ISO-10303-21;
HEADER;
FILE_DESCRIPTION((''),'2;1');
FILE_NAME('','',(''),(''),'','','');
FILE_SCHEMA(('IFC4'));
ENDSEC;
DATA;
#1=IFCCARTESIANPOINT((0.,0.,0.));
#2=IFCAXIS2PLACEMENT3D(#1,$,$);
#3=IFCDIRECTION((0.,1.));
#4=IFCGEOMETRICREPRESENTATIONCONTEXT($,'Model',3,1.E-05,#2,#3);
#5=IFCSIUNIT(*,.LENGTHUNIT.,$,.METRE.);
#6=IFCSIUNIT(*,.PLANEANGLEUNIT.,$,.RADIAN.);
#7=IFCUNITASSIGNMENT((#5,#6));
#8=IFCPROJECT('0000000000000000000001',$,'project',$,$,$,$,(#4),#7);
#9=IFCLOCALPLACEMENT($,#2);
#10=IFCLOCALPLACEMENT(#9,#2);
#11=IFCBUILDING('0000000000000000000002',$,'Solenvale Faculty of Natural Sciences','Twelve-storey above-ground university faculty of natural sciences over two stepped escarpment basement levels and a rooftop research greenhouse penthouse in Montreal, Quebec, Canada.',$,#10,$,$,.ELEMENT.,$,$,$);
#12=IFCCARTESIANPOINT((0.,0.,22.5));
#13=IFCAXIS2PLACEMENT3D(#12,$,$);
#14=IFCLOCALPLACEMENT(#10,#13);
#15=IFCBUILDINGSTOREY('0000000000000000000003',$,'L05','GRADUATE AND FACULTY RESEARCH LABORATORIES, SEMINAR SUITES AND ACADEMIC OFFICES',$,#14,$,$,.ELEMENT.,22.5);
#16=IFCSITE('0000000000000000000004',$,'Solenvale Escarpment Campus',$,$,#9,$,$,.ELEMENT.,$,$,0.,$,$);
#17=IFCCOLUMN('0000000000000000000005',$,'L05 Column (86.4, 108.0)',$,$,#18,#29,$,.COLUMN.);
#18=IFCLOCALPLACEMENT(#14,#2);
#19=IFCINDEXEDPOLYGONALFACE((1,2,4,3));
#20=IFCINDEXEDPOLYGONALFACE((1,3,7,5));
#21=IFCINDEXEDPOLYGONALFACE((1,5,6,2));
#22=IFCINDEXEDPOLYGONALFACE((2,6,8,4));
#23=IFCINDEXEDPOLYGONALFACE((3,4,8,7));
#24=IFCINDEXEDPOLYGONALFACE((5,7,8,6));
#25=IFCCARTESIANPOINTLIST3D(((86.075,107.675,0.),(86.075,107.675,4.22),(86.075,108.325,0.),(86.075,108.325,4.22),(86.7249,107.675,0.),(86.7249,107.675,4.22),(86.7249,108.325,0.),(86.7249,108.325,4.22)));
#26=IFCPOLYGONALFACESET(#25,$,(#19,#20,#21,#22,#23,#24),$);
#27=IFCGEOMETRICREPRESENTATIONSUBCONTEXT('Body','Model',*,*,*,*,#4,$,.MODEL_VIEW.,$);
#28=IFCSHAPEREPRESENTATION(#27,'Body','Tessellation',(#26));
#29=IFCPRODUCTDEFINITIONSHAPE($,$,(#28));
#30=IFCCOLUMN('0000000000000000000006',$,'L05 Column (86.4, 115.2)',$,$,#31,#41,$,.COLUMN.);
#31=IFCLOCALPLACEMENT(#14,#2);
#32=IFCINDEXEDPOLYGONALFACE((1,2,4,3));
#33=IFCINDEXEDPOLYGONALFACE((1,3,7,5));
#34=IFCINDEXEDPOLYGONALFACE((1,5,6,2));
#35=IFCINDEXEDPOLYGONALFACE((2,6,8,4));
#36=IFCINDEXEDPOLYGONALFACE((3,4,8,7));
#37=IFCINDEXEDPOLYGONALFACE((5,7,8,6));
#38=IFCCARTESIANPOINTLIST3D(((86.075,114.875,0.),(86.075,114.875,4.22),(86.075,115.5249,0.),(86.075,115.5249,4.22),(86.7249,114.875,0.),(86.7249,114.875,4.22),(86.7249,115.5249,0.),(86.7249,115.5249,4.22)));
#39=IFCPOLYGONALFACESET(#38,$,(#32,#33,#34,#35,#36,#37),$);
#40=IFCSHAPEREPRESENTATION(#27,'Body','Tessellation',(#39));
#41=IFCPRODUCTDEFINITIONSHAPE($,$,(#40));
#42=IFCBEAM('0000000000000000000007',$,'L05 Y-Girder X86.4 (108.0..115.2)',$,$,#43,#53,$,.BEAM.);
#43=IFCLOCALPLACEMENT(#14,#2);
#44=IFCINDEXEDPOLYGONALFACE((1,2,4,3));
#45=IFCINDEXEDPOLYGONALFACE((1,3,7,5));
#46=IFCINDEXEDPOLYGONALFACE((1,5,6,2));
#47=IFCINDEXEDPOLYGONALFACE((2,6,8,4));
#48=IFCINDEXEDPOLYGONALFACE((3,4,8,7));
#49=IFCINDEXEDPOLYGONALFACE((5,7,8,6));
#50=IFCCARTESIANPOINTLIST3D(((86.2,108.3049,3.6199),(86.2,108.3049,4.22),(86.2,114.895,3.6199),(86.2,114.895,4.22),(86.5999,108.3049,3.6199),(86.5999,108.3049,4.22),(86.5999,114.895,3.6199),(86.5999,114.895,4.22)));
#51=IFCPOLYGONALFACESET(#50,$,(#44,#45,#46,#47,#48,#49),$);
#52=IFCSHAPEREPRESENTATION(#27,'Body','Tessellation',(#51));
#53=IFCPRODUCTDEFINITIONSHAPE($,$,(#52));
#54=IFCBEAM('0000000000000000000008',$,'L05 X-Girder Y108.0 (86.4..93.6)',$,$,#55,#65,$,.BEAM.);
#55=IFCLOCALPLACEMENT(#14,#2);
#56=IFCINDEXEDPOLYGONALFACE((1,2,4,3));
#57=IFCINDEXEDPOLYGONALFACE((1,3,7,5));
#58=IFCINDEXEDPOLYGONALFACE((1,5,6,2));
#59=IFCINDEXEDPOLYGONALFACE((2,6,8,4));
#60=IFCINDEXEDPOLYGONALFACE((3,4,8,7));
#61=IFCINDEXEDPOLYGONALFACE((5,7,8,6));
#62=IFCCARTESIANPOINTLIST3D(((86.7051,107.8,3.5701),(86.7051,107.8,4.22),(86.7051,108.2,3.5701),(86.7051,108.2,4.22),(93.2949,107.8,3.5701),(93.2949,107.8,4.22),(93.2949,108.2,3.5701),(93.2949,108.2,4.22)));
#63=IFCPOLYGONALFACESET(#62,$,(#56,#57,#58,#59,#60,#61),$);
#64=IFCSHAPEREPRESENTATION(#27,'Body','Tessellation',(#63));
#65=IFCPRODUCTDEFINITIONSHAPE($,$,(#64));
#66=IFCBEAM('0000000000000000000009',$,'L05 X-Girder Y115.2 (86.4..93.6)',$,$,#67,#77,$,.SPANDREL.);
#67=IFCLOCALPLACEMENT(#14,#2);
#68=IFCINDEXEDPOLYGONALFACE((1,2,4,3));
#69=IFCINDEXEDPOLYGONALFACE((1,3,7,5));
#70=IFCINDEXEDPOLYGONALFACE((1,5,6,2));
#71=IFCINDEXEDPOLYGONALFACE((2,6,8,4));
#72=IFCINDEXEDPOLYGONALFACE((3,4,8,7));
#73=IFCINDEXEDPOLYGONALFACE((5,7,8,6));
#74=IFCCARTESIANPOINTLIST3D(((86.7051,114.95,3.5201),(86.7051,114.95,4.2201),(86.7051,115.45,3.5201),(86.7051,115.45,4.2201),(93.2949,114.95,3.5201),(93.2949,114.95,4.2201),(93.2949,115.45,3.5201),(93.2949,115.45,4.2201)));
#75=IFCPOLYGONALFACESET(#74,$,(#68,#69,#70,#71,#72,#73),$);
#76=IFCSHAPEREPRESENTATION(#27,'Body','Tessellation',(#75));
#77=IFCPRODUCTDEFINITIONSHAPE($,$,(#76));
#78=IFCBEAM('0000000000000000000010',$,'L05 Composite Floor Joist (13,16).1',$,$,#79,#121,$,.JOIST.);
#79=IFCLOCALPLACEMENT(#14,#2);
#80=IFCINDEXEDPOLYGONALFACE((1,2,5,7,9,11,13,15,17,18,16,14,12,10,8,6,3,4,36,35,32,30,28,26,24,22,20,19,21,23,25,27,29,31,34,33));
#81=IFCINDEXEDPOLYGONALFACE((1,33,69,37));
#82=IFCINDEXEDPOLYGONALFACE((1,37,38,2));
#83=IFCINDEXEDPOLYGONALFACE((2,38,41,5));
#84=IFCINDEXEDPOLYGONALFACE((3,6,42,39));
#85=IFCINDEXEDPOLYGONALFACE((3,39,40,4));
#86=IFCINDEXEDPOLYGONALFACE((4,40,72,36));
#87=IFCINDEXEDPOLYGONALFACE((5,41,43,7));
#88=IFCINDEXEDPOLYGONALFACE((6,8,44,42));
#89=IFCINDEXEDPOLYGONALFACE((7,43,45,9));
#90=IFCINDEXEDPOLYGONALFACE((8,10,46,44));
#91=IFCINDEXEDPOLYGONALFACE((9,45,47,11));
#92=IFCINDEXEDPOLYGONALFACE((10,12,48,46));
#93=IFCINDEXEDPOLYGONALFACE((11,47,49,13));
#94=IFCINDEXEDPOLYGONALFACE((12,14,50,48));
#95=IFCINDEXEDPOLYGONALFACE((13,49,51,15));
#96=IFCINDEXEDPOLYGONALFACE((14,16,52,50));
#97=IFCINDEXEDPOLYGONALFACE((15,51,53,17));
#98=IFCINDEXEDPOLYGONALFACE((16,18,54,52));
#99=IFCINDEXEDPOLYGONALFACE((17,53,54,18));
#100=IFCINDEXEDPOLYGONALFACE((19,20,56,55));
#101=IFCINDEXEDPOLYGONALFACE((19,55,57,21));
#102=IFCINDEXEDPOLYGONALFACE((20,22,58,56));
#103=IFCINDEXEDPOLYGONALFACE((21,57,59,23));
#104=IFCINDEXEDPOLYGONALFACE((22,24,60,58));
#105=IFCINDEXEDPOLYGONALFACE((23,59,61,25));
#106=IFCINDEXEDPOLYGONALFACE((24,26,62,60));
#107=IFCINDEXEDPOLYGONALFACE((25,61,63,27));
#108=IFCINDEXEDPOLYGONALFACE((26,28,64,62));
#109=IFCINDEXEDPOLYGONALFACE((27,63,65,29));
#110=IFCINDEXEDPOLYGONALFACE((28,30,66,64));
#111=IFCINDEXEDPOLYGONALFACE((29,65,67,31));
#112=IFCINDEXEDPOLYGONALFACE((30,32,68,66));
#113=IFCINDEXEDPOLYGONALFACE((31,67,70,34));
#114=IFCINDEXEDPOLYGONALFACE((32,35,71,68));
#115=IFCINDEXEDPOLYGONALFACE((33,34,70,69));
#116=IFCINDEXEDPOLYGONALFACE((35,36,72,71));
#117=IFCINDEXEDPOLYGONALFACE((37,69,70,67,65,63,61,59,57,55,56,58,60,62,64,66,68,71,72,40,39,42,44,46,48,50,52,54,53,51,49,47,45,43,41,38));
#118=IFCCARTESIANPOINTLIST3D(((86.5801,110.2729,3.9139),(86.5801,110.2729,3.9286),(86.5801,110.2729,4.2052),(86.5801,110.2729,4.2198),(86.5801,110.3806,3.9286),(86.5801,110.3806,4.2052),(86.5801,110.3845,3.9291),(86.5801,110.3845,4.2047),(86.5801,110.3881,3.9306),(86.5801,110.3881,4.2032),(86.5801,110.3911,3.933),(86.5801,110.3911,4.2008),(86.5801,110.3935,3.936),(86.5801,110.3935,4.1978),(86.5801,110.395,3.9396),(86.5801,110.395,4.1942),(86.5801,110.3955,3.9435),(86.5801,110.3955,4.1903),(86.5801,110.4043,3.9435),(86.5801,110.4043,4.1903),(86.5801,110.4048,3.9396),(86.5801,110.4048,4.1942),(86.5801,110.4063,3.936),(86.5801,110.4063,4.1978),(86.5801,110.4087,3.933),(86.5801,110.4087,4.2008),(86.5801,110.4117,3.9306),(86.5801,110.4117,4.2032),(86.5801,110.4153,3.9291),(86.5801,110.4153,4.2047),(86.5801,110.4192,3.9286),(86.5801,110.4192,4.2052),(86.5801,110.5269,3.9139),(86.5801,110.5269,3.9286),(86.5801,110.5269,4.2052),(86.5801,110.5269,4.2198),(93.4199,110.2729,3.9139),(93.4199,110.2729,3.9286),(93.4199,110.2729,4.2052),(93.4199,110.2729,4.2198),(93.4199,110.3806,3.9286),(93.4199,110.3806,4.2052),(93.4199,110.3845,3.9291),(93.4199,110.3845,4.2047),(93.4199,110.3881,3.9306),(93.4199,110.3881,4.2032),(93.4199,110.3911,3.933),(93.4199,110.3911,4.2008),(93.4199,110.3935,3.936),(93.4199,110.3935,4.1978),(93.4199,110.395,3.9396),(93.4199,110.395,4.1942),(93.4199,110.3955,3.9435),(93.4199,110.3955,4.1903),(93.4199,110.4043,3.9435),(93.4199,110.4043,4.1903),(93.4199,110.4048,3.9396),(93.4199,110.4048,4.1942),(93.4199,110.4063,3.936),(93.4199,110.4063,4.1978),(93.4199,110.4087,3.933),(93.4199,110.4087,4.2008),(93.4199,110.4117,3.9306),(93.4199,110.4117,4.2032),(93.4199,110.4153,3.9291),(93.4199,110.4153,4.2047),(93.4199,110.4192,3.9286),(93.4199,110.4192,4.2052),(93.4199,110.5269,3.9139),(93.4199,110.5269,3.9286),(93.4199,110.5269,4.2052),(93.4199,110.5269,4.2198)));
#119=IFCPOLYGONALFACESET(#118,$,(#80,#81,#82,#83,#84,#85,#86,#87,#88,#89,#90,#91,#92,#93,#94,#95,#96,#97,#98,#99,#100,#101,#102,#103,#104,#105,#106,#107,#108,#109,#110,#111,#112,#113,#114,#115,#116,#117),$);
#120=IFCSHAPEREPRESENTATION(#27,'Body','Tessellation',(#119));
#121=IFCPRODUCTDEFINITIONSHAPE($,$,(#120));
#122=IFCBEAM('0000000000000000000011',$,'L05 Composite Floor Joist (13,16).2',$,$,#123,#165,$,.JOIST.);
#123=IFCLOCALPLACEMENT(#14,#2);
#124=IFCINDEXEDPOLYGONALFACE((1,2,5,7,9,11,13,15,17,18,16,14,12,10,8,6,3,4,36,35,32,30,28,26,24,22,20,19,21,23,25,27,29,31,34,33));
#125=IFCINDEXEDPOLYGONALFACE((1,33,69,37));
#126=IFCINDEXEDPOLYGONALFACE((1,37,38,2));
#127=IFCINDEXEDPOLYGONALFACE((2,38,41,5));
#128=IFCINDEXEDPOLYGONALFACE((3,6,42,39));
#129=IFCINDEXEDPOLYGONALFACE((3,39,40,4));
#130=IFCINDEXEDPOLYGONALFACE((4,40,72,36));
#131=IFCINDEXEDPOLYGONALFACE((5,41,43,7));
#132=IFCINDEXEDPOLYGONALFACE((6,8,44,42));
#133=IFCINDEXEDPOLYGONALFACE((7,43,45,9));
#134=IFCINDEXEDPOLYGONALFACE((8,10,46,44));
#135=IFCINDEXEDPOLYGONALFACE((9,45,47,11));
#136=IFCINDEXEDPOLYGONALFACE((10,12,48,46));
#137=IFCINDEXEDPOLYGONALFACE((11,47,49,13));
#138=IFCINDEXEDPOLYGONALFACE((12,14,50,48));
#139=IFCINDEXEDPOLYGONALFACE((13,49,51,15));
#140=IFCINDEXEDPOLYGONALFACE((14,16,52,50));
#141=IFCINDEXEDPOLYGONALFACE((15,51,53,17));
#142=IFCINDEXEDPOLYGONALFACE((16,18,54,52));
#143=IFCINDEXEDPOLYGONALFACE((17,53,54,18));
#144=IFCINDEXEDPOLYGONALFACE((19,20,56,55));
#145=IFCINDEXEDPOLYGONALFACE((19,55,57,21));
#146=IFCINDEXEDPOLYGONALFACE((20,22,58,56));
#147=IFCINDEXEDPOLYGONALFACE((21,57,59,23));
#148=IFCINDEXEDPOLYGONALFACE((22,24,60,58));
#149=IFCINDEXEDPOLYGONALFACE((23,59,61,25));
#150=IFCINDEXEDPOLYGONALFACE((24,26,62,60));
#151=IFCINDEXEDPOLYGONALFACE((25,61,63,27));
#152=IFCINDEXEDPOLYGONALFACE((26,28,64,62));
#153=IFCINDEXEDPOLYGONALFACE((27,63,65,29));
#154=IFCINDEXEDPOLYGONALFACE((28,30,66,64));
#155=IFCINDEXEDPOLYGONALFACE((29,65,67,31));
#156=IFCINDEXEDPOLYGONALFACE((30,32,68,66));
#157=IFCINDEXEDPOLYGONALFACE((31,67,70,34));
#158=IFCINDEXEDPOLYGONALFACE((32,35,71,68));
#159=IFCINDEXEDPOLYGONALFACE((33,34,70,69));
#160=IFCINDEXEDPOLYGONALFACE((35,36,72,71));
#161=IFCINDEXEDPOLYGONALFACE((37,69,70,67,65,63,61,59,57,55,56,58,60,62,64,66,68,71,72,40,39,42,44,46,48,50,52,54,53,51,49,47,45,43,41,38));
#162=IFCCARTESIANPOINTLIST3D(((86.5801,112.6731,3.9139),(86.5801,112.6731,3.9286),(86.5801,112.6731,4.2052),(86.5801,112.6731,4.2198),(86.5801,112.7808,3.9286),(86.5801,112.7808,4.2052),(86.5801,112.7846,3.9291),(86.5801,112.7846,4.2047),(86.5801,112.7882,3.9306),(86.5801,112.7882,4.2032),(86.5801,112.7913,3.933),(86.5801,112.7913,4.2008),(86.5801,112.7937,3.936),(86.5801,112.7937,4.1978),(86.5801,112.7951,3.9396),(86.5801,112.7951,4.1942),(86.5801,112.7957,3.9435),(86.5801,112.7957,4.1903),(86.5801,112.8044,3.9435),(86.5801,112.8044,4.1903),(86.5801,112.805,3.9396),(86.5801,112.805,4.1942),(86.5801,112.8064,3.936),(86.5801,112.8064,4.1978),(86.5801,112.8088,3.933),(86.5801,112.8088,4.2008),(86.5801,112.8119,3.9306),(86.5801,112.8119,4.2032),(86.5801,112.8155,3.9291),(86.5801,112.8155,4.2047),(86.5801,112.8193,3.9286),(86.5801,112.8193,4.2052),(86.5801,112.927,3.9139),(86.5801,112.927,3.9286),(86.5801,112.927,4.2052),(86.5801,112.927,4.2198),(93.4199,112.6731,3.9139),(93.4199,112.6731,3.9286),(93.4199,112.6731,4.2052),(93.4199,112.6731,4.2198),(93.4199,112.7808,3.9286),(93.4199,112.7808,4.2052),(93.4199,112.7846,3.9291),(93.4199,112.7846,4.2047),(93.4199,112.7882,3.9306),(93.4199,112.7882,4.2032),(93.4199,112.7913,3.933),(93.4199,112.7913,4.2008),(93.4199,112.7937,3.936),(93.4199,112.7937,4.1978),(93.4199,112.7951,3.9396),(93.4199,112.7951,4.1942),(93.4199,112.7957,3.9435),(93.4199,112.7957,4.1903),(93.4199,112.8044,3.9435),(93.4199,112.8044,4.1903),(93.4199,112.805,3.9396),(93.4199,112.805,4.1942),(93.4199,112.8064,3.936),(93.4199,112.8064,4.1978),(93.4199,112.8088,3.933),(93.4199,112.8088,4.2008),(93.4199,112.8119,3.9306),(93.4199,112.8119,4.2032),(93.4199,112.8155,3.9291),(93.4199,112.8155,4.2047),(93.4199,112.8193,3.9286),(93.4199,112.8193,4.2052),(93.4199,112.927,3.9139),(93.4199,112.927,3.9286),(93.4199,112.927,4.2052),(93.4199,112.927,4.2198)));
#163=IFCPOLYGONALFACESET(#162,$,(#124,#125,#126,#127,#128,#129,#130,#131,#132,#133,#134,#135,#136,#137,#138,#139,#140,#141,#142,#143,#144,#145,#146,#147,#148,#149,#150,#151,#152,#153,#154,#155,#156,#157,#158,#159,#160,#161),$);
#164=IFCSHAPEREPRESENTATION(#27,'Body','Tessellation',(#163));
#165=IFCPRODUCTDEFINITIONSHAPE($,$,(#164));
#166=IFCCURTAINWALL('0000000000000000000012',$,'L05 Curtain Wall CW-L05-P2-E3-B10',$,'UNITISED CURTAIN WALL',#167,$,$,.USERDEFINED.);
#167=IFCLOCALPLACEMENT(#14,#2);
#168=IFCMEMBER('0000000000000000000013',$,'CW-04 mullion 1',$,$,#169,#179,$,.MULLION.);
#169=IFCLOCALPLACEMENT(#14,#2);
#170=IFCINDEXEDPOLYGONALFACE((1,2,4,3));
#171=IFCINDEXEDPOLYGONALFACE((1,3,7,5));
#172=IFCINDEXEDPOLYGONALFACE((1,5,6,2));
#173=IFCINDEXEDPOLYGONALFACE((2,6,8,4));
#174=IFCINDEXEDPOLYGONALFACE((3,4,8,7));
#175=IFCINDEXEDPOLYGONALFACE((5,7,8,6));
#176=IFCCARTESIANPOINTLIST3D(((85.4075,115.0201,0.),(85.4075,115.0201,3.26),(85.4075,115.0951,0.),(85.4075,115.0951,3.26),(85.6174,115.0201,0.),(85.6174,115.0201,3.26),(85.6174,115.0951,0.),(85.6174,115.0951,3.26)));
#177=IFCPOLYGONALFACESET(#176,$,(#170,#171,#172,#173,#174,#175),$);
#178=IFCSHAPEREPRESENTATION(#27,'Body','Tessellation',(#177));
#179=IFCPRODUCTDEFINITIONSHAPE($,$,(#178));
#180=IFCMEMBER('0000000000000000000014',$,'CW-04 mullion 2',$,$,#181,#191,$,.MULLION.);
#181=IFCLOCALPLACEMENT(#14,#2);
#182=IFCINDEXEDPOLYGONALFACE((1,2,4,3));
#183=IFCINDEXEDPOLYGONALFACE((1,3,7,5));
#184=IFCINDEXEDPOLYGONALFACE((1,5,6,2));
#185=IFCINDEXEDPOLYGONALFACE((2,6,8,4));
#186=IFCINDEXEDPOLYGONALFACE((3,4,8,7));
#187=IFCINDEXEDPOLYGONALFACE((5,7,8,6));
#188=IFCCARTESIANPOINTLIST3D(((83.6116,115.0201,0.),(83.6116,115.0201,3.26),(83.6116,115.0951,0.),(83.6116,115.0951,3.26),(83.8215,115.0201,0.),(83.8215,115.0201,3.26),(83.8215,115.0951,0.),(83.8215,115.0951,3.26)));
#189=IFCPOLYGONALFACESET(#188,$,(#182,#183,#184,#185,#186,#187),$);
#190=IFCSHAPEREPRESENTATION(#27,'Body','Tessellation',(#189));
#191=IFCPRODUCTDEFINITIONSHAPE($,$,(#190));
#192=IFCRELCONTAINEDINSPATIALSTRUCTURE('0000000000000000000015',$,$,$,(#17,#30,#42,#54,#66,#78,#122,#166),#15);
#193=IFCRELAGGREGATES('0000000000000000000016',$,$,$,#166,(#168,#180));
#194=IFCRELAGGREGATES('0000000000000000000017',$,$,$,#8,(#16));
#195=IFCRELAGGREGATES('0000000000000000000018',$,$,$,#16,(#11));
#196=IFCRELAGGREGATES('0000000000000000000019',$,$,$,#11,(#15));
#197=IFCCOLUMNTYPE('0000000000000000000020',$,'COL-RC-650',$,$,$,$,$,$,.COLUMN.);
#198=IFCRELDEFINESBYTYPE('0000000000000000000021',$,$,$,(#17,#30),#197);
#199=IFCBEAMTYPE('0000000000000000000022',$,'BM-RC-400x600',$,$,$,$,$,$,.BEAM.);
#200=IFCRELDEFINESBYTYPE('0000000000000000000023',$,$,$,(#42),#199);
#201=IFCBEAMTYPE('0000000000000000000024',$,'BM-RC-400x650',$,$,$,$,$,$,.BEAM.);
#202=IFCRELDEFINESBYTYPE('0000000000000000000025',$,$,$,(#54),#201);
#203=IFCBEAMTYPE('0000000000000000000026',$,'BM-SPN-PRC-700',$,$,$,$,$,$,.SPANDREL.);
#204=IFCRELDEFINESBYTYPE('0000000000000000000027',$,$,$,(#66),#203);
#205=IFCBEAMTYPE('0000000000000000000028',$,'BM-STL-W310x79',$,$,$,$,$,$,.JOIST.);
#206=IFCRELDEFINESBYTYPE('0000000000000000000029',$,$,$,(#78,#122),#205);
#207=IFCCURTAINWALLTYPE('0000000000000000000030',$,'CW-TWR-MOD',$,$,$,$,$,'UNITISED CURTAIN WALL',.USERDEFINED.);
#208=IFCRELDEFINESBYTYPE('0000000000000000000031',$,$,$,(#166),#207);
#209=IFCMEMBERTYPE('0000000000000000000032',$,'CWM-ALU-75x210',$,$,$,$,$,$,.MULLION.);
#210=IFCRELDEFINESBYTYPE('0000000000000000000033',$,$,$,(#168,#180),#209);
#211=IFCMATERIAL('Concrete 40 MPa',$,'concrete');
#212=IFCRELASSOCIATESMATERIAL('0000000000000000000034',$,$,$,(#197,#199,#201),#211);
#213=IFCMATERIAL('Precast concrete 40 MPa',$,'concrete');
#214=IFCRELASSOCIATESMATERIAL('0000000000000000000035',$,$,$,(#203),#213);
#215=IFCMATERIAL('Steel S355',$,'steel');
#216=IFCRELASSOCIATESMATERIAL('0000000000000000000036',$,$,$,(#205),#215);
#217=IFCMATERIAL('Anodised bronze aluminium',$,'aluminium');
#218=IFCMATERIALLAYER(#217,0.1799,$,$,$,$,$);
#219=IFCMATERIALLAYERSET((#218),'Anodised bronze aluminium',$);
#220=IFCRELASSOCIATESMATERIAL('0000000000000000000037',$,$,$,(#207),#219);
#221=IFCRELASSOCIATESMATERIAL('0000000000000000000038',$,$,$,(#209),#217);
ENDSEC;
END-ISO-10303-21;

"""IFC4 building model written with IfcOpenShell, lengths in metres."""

from ifc_helpers import new_model, si_unit, direction, frame, origin, origin_2d, place, context, subcontext, project, spatial, rectangle, i_section, extrude, material, layer, layer_set, material_profile, profile_set, type_object, element, aggregate, save


model = new_model("IFC4")

# Units and contexts
model_context = context("Model", 3, precision=1e-05, world=origin(), true_north=direction((0.0, 1.0)))
body_context = subcontext(model_context, "Body", "Model", "MODEL_VIEW")
ifc_project = project(units=[si_unit("LENGTHUNIT", "METRE"), si_unit("PLANEANGLEUNIT", "RADIAN")], contexts=[model_context])

# Site, building, storey
site_placement = place(None, origin())
site = spatial("IfcSite", under=ifc_project, at=site_placement, Name="Solenvale Escarpment Campus", CompositionType="ELEMENT", RefElevation=0.0)
building_placement = place(site_placement, origin())
building = spatial("IfcBuilding", under=site, at=building_placement, Name="Solenvale Faculty of Natural Sciences", Description="Twelve-storey above-ground university faculty of natural sciences over two stepped escarpment basement levels and a rooftop research greenhouse penthouse in Montreal, Quebec, Canada.", CompositionType="ELEMENT")
storey_placement = place(building_placement, frame((0.0, 0.0, 22.5)))
storey = spatial("IfcBuildingStorey", under=building, at=storey_placement, Name="L05", Description="GRADUATE AND FACULTY RESEARCH LABORATORIES, SEMINAR SUITES AND ACADEMIC OFFICES", CompositionType="ELEMENT", Elevation=22.5)

# Columns
ifc_material_1 = material(Name="Concrete 40 MPa", Category="concrete")
ifc_material_profile_1 = material_profile(ifc_material_1, rectangle(XDim=0.6499, YDim=0.6499, at=origin_2d()), Name="RC-COL-650x650")
ifc_profile_set_1 = profile_set([ifc_material_profile_1], Name="Concrete 40 MPa")
column_type = type_object("IfcColumnType", Name="COL-RC-650", PredefinedType="COLUMN", material=ifc_profile_set_1)
for number, where, z_axis, x_axis, name in (
    (1, (86.3999, 108.0, 0.0), (0.0, 0.0, 1.0), (1.0, 0.0, 0.0), "L05 Column (86.4, 108.0)"),
    (2, (86.3999, 115.2, 0.0), (0.0, 0.0, 1.0), (1.0, 0.0, 0.0), "L05 Column (86.4, 115.2)"),
):
    element("IfcColumn", number, at=place(storey_placement, frame(where, z_axis=z_axis, x_axis=x_axis)), inside=storey, type_object=column_type, Name=name, PredefinedType="COLUMN", context=body_context, shape_type="SweptSolid", body=[
        extrude(rectangle(XDim=0.6499, YDim=0.6499, at=origin_2d()), origin(), (0.0, 0.0, 1.0), 4.22),
    ])

# Beams
ifc_material_profile_2 = material_profile(ifc_material_1, rectangle(XDim=0.3999, YDim=0.6001, at=origin_2d()), Name="RC-BM-400x600")
ifc_profile_set_2 = profile_set([ifc_material_profile_2], Name="Concrete 40 MPa")
beam_type_1 = type_object("IfcBeamType", Name="BM-RC-400x600", PredefinedType="BEAM", material=ifc_profile_set_2)
beam_1_placement = place(storey_placement, frame((86.3999, 108.3049, 3.9199), z_axis=(0.0, 1.0, 0.0), x_axis=(-1.0, 0.0, 0.0)))
element("IfcBeam", 3, at=beam_1_placement, inside=storey, type_object=beam_type_1, Name="L05 Y-Girder X86.4 (108.0..115.2)", PredefinedType="BEAM", context=body_context, shape_type="SweptSolid", body=[
    extrude(rectangle(XDim=0.3999, YDim=0.6001, at=origin_2d()), origin(), (0.0, 0.0, 1.0), 6.5901),
])
ifc_material_profile_3 = material_profile(ifc_material_1, rectangle(XDim=0.3999, YDim=0.6499, at=origin_2d()), Name="RC-BM-400x650")
ifc_profile_set_3 = profile_set([ifc_material_profile_3], Name="Concrete 40 MPa")
beam_type_2 = type_object("IfcBeamType", Name="BM-RC-400x650", PredefinedType="BEAM", material=ifc_profile_set_3)
beam_2_placement = place(storey_placement, frame((86.7051, 108.0, 3.895), z_axis=(1.0, 0.0, 0.0), x_axis=(0.0, 1.0, 0.0)))
element("IfcBeam", 4, at=beam_2_placement, inside=storey, type_object=beam_type_2, Name="L05 X-Girder Y108.0 (86.4..93.6)", PredefinedType="BEAM", context=body_context, shape_type="SweptSolid", body=[
    extrude(rectangle(XDim=0.3999, YDim=0.6499, at=origin_2d()), origin(), (0.0, 0.0, 1.0), 6.5898),
])
ifc_material_2 = material(Name="Precast concrete 40 MPa", Category="concrete")
ifc_material_profile_4 = material_profile(ifc_material_2, rectangle(XDim=0.5, YDim=0.7, at=origin_2d()), Name="RC-BM-500x700")
ifc_profile_set_4 = profile_set([ifc_material_profile_4], Name="Precast concrete 40 MPa")
beam_type_3 = type_object("IfcBeamType", Name="BM-SPN-PRC-700", PredefinedType="SPANDREL", material=ifc_profile_set_4)
beam_3_placement = place(storey_placement, frame((86.7051, 115.2, 3.8701), z_axis=(1.0, 0.0, 0.0), x_axis=(0.0, 1.0, 0.0)))
element("IfcBeam", 5, at=beam_3_placement, inside=storey, type_object=beam_type_3, Name="L05 X-Girder Y115.2 (86.4..93.6)", PredefinedType="SPANDREL", context=body_context, shape_type="SweptSolid", body=[
    extrude(rectangle(XDim=0.5, YDim=0.7, at=origin_2d()), origin(), (0.0, 0.0, 1.0), 6.5898),
])
ifc_material_3 = material(Name="Steel S355", Category="steel")
ifc_material_profile_5 = material_profile(ifc_material_3, i_section(OverallWidth=0.2539, OverallDepth=0.3059, WebThickness=0.0088, FlangeThickness=0.0146, FilletRadius=0.0149, at=origin_2d()), Name="W310x79")
ifc_profile_set_5 = profile_set([ifc_material_profile_5], Name="Steel S355")
beam_type_4 = type_object("IfcBeamType", Name="BM-STL-W310x79", PredefinedType="JOIST", material=ifc_profile_set_5)
for number, where, z_axis, x_axis, name in (
    (6, (86.5801, 110.3999, 4.0669), (1.0, 0.0, 0.0), (0.0, 1.0, 0.0), "L05 Composite Floor Joist (13,16).1"),
    (7, (86.5801, 112.8, 4.0669), (1.0, 0.0, 0.0), (0.0, 1.0, 0.0), "L05 Composite Floor Joist (13,16).2"),
):
    element("IfcBeam", number, at=place(storey_placement, frame(where, z_axis=z_axis, x_axis=x_axis)), inside=storey, type_object=beam_type_4, Name=name, PredefinedType="JOIST", context=body_context, shape_type="SweptSolid", body=[
        extrude(i_section(OverallWidth=0.2539, OverallDepth=0.3059, WebThickness=0.0088, FlangeThickness=0.0146, FilletRadius=0.0149, at=origin_2d()), origin(), (0.0, 0.0, 1.0), 6.8398),
    ])

# Curtain wall, members
ifc_material_4 = material(Name="Anodised bronze aluminium", Category="aluminium")
ifc_layer_1 = layer(ifc_material_4, 0.1799)
ifc_layer_set_1 = layer_set([ifc_layer_1], Name="Anodised bronze aluminium")
curtain_wall_type = type_object("IfcCurtainWallType", Name="CW-TWR-MOD", ElementType="UNITISED CURTAIN WALL", PredefinedType="USERDEFINED", material=ifc_layer_set_1)
curtain_wall_placement = place(storey_placement, origin())
curtain_wall = element("IfcCurtainWall", 8, at=curtain_wall_placement, inside=storey, type_object=curtain_wall_type, Name="L05 Curtain Wall CW-L05-P2-E3-B10", ObjectType="UNITISED CURTAIN WALL", PredefinedType="USERDEFINED")
ifc_material_profile_6 = material_profile(ifc_material_4, rectangle(XDim=0.075, YDim=0.21, at=origin_2d()), Name="ALU-MUL-75x210")
ifc_profile_set_6 = profile_set([ifc_material_profile_6], Name="Anodised bronze aluminium")
member_type_1 = type_object("IfcMemberType", Name="CWM-ALU-75x210", PredefinedType="MULLION", material=ifc_profile_set_6)
member_1_placement = place(storey_placement, frame((85.5125, 115.0576, 0.0), z_axis=(0.0, 0.0, 1.0), x_axis=(0.0, -1.0, 0.0)))
member_1 = element("IfcMember", 9, at=member_1_placement, type_object=member_type_1, Name="CW-04 mullion 1", PredefinedType="MULLION", context=body_context, shape_type="SweptSolid", body=[
    extrude(rectangle(XDim=0.075, YDim=0.21, at=origin_2d()), origin(), (0.0, 0.0, 1.0), 3.26),
])
member_2_placement = place(storey_placement, frame((83.7166, 115.0576, 0.0), z_axis=(0.0, 0.0, 1.0), x_axis=(0.0, -1.0, 0.0)))
member_2 = element("IfcMember", 10, at=member_2_placement, type_object=member_type_1, Name="CW-04 mullion 2", PredefinedType="MULLION", context=body_context, shape_type="SweptSolid", body=[
    extrude(rectangle(XDim=0.075, YDim=0.21, at=origin_2d()), origin(), (0.0, 0.0, 1.0), 3.26),
])
aggregate(curtain_wall, [member_1, member_2])

save(model, "model.ifc")
